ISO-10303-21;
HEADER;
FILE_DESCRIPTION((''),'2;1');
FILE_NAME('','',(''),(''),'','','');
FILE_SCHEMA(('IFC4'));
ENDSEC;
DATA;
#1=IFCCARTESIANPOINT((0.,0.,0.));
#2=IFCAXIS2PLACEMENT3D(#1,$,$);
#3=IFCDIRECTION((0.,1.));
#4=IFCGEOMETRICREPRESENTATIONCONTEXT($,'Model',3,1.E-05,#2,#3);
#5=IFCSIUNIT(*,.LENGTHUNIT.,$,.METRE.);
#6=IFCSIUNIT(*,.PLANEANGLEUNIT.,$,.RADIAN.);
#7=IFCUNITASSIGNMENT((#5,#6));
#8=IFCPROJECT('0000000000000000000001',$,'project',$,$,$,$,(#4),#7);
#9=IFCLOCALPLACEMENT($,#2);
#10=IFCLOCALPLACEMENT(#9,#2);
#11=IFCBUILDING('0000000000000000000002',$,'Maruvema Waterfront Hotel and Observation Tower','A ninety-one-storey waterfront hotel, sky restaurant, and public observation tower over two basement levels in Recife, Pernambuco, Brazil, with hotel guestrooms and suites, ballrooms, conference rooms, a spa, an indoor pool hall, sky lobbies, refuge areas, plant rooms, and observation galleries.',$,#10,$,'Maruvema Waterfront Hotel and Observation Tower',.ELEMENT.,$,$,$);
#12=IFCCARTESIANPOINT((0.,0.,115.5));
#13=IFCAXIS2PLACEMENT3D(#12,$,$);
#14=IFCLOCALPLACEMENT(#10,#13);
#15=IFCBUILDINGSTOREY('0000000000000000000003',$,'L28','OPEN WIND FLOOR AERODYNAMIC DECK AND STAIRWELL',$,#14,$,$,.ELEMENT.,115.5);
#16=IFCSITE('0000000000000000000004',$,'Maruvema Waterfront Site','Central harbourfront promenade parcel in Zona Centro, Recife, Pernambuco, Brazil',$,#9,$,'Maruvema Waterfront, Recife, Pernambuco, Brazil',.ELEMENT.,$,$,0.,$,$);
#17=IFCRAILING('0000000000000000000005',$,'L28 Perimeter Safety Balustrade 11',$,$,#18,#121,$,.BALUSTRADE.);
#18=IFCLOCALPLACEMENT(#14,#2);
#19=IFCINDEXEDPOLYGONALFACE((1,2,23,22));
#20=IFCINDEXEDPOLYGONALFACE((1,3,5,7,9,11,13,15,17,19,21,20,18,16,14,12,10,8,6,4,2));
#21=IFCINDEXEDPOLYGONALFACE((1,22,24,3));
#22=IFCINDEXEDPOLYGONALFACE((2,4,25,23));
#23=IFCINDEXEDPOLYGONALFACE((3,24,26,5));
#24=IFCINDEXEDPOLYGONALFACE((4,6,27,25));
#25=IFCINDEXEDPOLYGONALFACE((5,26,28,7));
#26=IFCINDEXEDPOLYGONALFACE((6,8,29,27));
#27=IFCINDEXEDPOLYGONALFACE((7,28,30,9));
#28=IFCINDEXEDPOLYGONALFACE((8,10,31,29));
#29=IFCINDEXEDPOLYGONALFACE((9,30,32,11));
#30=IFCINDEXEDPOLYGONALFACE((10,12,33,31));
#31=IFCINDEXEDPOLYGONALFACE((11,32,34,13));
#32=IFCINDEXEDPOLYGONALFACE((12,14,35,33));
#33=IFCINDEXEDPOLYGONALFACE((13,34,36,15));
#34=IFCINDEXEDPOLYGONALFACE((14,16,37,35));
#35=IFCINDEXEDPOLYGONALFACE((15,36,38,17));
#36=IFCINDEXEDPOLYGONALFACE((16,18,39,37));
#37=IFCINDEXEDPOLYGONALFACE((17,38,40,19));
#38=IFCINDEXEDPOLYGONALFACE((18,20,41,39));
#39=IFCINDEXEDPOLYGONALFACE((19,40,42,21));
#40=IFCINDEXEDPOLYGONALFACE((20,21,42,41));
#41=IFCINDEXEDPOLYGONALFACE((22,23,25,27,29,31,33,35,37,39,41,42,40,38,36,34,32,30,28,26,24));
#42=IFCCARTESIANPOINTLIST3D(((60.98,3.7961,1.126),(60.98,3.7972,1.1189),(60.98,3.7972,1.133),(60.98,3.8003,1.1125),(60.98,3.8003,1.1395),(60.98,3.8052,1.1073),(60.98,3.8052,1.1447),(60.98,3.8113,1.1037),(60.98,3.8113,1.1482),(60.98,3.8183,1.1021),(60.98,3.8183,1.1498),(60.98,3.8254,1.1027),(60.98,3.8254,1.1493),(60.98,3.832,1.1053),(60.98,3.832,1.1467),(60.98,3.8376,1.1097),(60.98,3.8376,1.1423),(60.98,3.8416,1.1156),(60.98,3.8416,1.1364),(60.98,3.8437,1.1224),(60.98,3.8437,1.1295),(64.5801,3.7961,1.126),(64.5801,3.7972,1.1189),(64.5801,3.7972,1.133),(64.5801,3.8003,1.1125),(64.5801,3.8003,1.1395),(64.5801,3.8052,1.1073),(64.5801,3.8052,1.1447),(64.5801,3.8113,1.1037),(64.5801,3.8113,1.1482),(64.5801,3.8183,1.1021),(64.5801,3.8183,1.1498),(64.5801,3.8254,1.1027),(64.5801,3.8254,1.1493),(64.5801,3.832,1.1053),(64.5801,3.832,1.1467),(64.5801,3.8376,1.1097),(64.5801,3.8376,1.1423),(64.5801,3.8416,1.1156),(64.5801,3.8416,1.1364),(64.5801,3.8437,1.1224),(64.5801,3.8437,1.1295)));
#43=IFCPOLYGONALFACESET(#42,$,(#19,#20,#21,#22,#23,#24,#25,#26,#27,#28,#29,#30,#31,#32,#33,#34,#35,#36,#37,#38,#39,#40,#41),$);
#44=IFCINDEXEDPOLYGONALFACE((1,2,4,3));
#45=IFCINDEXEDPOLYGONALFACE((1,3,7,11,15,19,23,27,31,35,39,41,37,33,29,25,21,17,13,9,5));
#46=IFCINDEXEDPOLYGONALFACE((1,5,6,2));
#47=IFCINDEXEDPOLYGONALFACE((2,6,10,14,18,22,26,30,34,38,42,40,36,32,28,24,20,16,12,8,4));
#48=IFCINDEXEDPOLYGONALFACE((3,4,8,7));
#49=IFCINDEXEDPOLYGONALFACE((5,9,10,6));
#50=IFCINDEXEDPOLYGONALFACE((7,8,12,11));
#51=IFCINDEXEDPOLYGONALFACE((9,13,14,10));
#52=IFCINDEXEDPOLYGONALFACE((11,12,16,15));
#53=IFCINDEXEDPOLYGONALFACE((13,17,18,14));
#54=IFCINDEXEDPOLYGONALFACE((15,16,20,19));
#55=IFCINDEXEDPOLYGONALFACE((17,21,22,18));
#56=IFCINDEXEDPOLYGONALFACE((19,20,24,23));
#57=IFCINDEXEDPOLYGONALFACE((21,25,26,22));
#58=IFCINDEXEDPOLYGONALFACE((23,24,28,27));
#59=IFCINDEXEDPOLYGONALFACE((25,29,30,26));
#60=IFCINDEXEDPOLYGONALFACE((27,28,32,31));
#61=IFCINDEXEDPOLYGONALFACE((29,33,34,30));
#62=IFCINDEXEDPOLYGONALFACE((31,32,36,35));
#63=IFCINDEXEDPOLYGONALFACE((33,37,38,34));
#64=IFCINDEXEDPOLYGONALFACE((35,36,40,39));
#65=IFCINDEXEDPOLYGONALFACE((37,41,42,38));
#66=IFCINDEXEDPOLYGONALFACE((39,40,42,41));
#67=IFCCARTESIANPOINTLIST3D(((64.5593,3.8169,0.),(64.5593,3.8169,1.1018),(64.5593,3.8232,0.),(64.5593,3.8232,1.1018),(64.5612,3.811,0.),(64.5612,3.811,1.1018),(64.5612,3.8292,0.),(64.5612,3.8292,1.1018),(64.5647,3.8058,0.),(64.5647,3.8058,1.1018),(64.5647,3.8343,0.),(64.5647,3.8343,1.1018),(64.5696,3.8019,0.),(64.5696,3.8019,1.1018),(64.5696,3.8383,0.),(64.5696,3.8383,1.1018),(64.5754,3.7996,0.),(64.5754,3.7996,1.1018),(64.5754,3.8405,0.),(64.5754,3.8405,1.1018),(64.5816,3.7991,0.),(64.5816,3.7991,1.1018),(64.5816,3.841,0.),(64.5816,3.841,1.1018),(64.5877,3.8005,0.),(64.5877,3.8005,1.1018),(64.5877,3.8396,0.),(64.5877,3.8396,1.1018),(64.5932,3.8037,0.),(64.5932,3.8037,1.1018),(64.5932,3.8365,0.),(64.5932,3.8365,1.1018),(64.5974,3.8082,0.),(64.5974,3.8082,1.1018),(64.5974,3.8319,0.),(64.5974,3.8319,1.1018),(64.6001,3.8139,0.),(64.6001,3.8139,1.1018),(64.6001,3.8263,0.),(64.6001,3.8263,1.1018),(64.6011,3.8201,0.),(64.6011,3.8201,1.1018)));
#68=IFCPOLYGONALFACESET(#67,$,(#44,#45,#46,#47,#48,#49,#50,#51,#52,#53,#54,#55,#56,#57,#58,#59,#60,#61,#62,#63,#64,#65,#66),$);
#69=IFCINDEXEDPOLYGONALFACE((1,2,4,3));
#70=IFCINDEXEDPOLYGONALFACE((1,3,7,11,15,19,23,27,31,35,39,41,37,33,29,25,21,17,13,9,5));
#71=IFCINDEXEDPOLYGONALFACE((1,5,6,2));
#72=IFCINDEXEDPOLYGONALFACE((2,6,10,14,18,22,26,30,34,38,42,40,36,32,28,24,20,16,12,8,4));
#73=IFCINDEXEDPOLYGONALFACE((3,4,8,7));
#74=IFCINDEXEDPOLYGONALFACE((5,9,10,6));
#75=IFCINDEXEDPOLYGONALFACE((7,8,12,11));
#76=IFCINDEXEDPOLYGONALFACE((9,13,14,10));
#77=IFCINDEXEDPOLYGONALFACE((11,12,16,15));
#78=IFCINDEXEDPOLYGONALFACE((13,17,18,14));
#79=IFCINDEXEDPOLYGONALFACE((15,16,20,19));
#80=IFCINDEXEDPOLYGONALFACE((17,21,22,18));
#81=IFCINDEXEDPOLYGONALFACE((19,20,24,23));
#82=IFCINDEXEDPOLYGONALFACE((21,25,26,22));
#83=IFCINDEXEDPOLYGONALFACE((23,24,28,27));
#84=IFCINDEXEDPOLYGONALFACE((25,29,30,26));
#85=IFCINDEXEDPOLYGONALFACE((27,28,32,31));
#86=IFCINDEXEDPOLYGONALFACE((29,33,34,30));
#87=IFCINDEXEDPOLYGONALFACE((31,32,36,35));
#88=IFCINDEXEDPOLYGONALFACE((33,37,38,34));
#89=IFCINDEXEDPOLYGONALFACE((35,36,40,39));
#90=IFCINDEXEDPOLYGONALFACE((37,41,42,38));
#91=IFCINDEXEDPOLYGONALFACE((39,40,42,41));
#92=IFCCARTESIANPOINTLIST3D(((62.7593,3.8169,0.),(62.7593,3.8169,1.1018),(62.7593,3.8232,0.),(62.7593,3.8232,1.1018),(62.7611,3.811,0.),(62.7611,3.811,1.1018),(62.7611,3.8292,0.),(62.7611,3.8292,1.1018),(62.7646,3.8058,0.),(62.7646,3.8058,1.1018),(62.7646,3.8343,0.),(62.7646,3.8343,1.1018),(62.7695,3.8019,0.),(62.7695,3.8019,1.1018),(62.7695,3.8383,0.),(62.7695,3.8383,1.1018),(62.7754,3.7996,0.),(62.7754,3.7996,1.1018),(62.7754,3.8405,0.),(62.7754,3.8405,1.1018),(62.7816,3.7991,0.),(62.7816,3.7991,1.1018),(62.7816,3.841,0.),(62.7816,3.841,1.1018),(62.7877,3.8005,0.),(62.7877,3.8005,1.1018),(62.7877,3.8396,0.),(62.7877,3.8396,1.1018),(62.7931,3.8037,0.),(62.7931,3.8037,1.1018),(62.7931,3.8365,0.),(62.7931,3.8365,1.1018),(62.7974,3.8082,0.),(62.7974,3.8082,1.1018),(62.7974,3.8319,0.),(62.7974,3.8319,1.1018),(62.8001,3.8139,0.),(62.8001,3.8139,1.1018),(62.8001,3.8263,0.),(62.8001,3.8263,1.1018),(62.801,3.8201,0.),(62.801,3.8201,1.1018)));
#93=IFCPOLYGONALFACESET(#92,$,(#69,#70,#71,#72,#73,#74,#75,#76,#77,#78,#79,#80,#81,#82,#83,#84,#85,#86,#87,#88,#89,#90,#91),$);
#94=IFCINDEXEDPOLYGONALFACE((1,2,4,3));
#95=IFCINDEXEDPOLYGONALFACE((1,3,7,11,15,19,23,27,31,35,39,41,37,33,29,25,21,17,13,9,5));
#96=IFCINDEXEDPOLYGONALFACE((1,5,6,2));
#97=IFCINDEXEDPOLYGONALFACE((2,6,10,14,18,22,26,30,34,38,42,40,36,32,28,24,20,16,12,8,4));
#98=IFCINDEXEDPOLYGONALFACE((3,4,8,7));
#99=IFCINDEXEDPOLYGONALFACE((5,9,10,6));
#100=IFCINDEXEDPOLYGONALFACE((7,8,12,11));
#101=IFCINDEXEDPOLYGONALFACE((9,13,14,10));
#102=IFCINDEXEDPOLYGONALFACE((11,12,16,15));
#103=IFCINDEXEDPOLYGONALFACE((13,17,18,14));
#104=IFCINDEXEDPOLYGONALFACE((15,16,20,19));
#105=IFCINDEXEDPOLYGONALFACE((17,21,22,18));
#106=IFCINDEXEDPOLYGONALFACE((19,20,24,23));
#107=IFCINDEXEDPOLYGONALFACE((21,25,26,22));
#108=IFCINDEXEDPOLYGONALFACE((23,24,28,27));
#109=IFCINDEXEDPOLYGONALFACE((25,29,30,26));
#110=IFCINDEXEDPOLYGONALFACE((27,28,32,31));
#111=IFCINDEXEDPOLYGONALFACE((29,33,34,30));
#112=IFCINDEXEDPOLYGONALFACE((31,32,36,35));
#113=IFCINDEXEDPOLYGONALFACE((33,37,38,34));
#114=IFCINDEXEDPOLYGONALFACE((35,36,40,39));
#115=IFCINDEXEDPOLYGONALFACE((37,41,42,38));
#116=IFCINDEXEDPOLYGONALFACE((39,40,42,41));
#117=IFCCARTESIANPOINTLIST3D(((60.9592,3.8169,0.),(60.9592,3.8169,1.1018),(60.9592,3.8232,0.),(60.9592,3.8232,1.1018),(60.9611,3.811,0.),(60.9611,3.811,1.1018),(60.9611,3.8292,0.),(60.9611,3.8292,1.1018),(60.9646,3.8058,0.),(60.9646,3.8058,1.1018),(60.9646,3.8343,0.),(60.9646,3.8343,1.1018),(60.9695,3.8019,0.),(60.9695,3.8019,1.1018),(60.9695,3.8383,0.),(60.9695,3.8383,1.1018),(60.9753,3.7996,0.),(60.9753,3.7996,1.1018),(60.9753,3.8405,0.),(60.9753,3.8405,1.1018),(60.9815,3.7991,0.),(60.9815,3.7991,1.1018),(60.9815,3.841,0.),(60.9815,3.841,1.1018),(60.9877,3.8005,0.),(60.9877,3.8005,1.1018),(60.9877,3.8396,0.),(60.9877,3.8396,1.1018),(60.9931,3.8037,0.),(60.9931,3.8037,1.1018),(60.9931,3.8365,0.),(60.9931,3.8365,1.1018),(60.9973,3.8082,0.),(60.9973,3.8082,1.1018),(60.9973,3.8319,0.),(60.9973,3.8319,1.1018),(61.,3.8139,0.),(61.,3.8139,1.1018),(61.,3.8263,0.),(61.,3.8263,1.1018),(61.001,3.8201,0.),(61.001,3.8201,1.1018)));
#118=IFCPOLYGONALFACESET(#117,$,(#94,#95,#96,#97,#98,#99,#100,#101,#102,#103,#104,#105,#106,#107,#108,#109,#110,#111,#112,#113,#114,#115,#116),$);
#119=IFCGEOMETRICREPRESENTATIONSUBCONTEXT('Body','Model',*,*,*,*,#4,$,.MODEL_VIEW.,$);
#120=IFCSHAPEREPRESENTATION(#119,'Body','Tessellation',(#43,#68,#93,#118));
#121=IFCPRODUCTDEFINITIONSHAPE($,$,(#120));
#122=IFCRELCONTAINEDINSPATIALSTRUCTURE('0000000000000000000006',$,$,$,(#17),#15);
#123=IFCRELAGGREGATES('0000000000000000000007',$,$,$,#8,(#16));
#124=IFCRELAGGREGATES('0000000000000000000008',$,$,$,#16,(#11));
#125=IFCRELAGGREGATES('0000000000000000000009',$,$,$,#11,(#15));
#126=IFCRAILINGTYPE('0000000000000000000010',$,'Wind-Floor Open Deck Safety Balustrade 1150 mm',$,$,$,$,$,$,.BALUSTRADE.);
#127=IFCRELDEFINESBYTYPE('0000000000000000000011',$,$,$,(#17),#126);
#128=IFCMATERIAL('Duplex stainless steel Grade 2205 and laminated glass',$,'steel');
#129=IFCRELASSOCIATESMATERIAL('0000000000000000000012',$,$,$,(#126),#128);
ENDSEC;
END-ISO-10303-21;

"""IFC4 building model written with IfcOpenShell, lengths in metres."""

from ifc_helpers import new_model, si_unit, direction, frame, origin, origin_2d, place, context, subcontext, project, spatial, circle, extrude, material, type_object, element, save


model = new_model("IFC4")

# Units and contexts
model_context = context("Model", 3, precision=1e-05, world=origin(), true_north=direction((0.0, 1.0)))
body_context = subcontext(model_context, "Body", "Model", "MODEL_VIEW")
ifc_project = project(units=[si_unit("LENGTHUNIT", "METRE"), si_unit("PLANEANGLEUNIT", "RADIAN")], contexts=[model_context])

# Site, building, storey
site_placement = place(None, origin())
site = spatial("IfcSite", under=ifc_project, at=site_placement, Name="Maruvema Waterfront Site", Description="Central harbourfront promenade parcel in Zona Centro, Recife, Pernambuco, Brazil", LongName="Maruvema Waterfront, Recife, Pernambuco, Brazil", CompositionType="ELEMENT", RefElevation=0.0)
building_placement = place(site_placement, origin())
building = spatial("IfcBuilding", under=site, at=building_placement, Name="Maruvema Waterfront Hotel and Observation Tower", Description="A ninety-one-storey waterfront hotel, sky restaurant, and public observation tower over two basement levels in Recife, Pernambuco, Brazil, with hotel guestrooms and suites, ballrooms, conference rooms, a spa, an indoor pool hall, sky lobbies, refuge areas, plant rooms, and observation galleries.", LongName="Maruvema Waterfront Hotel and Observation Tower", CompositionType="ELEMENT")
storey_placement = place(building_placement, frame((0.0, 0.0, 115.5)))
storey = spatial("IfcBuildingStorey", under=building, at=storey_placement, Name="L28", Description="OPEN WIND FLOOR AERODYNAMIC DECK AND STAIRWELL", CompositionType="ELEMENT", Elevation=115.5)

# Railing
ifc_material_1 = material(Name="Duplex stainless steel Grade 2205 and laminated glass", Category="steel")
railing_type = type_object("IfcRailingType", Name="Wind-Floor Open Deck Safety Balustrade 1150 mm", PredefinedType="BALUSTRADE", material=ifc_material_1)
railing_1_placement = place(storey_placement, frame((64.5801, 3.8201, 0.0)))
element("IfcRailing", 1, at=railing_1_placement, inside=storey, type_object=railing_type, Name="L28 Perimeter Safety Balustrade 11", PredefinedType="BALUSTRADE", context=body_context, shape_type="SweptSolid", body=[
    extrude(circle(Radius=0.0239, at=origin_2d()), frame((0.0, 0.0, 1.126), z_axis=(-1.0, 0.0, 0.0), x_axis=(0.0, -1.0, 0.0)), (0.0, 0.0, 1.0), 3.6001),
    extrude(circle(Radius=0.021, at=origin_2d()), origin(), (0.0, 0.0, 1.0), 1.1018),
    extrude(circle(Radius=0.021, at=origin_2d()), frame((-1.8, 0.0, 0.0)), (0.0, 0.0, 1.0), 1.1018),
    extrude(circle(Radius=0.021, at=origin_2d()), frame((-3.6001, 0.0, 0.0)), (0.0, 0.0, 1.0), 1.1018),
])

save(model, "model.ifc")
